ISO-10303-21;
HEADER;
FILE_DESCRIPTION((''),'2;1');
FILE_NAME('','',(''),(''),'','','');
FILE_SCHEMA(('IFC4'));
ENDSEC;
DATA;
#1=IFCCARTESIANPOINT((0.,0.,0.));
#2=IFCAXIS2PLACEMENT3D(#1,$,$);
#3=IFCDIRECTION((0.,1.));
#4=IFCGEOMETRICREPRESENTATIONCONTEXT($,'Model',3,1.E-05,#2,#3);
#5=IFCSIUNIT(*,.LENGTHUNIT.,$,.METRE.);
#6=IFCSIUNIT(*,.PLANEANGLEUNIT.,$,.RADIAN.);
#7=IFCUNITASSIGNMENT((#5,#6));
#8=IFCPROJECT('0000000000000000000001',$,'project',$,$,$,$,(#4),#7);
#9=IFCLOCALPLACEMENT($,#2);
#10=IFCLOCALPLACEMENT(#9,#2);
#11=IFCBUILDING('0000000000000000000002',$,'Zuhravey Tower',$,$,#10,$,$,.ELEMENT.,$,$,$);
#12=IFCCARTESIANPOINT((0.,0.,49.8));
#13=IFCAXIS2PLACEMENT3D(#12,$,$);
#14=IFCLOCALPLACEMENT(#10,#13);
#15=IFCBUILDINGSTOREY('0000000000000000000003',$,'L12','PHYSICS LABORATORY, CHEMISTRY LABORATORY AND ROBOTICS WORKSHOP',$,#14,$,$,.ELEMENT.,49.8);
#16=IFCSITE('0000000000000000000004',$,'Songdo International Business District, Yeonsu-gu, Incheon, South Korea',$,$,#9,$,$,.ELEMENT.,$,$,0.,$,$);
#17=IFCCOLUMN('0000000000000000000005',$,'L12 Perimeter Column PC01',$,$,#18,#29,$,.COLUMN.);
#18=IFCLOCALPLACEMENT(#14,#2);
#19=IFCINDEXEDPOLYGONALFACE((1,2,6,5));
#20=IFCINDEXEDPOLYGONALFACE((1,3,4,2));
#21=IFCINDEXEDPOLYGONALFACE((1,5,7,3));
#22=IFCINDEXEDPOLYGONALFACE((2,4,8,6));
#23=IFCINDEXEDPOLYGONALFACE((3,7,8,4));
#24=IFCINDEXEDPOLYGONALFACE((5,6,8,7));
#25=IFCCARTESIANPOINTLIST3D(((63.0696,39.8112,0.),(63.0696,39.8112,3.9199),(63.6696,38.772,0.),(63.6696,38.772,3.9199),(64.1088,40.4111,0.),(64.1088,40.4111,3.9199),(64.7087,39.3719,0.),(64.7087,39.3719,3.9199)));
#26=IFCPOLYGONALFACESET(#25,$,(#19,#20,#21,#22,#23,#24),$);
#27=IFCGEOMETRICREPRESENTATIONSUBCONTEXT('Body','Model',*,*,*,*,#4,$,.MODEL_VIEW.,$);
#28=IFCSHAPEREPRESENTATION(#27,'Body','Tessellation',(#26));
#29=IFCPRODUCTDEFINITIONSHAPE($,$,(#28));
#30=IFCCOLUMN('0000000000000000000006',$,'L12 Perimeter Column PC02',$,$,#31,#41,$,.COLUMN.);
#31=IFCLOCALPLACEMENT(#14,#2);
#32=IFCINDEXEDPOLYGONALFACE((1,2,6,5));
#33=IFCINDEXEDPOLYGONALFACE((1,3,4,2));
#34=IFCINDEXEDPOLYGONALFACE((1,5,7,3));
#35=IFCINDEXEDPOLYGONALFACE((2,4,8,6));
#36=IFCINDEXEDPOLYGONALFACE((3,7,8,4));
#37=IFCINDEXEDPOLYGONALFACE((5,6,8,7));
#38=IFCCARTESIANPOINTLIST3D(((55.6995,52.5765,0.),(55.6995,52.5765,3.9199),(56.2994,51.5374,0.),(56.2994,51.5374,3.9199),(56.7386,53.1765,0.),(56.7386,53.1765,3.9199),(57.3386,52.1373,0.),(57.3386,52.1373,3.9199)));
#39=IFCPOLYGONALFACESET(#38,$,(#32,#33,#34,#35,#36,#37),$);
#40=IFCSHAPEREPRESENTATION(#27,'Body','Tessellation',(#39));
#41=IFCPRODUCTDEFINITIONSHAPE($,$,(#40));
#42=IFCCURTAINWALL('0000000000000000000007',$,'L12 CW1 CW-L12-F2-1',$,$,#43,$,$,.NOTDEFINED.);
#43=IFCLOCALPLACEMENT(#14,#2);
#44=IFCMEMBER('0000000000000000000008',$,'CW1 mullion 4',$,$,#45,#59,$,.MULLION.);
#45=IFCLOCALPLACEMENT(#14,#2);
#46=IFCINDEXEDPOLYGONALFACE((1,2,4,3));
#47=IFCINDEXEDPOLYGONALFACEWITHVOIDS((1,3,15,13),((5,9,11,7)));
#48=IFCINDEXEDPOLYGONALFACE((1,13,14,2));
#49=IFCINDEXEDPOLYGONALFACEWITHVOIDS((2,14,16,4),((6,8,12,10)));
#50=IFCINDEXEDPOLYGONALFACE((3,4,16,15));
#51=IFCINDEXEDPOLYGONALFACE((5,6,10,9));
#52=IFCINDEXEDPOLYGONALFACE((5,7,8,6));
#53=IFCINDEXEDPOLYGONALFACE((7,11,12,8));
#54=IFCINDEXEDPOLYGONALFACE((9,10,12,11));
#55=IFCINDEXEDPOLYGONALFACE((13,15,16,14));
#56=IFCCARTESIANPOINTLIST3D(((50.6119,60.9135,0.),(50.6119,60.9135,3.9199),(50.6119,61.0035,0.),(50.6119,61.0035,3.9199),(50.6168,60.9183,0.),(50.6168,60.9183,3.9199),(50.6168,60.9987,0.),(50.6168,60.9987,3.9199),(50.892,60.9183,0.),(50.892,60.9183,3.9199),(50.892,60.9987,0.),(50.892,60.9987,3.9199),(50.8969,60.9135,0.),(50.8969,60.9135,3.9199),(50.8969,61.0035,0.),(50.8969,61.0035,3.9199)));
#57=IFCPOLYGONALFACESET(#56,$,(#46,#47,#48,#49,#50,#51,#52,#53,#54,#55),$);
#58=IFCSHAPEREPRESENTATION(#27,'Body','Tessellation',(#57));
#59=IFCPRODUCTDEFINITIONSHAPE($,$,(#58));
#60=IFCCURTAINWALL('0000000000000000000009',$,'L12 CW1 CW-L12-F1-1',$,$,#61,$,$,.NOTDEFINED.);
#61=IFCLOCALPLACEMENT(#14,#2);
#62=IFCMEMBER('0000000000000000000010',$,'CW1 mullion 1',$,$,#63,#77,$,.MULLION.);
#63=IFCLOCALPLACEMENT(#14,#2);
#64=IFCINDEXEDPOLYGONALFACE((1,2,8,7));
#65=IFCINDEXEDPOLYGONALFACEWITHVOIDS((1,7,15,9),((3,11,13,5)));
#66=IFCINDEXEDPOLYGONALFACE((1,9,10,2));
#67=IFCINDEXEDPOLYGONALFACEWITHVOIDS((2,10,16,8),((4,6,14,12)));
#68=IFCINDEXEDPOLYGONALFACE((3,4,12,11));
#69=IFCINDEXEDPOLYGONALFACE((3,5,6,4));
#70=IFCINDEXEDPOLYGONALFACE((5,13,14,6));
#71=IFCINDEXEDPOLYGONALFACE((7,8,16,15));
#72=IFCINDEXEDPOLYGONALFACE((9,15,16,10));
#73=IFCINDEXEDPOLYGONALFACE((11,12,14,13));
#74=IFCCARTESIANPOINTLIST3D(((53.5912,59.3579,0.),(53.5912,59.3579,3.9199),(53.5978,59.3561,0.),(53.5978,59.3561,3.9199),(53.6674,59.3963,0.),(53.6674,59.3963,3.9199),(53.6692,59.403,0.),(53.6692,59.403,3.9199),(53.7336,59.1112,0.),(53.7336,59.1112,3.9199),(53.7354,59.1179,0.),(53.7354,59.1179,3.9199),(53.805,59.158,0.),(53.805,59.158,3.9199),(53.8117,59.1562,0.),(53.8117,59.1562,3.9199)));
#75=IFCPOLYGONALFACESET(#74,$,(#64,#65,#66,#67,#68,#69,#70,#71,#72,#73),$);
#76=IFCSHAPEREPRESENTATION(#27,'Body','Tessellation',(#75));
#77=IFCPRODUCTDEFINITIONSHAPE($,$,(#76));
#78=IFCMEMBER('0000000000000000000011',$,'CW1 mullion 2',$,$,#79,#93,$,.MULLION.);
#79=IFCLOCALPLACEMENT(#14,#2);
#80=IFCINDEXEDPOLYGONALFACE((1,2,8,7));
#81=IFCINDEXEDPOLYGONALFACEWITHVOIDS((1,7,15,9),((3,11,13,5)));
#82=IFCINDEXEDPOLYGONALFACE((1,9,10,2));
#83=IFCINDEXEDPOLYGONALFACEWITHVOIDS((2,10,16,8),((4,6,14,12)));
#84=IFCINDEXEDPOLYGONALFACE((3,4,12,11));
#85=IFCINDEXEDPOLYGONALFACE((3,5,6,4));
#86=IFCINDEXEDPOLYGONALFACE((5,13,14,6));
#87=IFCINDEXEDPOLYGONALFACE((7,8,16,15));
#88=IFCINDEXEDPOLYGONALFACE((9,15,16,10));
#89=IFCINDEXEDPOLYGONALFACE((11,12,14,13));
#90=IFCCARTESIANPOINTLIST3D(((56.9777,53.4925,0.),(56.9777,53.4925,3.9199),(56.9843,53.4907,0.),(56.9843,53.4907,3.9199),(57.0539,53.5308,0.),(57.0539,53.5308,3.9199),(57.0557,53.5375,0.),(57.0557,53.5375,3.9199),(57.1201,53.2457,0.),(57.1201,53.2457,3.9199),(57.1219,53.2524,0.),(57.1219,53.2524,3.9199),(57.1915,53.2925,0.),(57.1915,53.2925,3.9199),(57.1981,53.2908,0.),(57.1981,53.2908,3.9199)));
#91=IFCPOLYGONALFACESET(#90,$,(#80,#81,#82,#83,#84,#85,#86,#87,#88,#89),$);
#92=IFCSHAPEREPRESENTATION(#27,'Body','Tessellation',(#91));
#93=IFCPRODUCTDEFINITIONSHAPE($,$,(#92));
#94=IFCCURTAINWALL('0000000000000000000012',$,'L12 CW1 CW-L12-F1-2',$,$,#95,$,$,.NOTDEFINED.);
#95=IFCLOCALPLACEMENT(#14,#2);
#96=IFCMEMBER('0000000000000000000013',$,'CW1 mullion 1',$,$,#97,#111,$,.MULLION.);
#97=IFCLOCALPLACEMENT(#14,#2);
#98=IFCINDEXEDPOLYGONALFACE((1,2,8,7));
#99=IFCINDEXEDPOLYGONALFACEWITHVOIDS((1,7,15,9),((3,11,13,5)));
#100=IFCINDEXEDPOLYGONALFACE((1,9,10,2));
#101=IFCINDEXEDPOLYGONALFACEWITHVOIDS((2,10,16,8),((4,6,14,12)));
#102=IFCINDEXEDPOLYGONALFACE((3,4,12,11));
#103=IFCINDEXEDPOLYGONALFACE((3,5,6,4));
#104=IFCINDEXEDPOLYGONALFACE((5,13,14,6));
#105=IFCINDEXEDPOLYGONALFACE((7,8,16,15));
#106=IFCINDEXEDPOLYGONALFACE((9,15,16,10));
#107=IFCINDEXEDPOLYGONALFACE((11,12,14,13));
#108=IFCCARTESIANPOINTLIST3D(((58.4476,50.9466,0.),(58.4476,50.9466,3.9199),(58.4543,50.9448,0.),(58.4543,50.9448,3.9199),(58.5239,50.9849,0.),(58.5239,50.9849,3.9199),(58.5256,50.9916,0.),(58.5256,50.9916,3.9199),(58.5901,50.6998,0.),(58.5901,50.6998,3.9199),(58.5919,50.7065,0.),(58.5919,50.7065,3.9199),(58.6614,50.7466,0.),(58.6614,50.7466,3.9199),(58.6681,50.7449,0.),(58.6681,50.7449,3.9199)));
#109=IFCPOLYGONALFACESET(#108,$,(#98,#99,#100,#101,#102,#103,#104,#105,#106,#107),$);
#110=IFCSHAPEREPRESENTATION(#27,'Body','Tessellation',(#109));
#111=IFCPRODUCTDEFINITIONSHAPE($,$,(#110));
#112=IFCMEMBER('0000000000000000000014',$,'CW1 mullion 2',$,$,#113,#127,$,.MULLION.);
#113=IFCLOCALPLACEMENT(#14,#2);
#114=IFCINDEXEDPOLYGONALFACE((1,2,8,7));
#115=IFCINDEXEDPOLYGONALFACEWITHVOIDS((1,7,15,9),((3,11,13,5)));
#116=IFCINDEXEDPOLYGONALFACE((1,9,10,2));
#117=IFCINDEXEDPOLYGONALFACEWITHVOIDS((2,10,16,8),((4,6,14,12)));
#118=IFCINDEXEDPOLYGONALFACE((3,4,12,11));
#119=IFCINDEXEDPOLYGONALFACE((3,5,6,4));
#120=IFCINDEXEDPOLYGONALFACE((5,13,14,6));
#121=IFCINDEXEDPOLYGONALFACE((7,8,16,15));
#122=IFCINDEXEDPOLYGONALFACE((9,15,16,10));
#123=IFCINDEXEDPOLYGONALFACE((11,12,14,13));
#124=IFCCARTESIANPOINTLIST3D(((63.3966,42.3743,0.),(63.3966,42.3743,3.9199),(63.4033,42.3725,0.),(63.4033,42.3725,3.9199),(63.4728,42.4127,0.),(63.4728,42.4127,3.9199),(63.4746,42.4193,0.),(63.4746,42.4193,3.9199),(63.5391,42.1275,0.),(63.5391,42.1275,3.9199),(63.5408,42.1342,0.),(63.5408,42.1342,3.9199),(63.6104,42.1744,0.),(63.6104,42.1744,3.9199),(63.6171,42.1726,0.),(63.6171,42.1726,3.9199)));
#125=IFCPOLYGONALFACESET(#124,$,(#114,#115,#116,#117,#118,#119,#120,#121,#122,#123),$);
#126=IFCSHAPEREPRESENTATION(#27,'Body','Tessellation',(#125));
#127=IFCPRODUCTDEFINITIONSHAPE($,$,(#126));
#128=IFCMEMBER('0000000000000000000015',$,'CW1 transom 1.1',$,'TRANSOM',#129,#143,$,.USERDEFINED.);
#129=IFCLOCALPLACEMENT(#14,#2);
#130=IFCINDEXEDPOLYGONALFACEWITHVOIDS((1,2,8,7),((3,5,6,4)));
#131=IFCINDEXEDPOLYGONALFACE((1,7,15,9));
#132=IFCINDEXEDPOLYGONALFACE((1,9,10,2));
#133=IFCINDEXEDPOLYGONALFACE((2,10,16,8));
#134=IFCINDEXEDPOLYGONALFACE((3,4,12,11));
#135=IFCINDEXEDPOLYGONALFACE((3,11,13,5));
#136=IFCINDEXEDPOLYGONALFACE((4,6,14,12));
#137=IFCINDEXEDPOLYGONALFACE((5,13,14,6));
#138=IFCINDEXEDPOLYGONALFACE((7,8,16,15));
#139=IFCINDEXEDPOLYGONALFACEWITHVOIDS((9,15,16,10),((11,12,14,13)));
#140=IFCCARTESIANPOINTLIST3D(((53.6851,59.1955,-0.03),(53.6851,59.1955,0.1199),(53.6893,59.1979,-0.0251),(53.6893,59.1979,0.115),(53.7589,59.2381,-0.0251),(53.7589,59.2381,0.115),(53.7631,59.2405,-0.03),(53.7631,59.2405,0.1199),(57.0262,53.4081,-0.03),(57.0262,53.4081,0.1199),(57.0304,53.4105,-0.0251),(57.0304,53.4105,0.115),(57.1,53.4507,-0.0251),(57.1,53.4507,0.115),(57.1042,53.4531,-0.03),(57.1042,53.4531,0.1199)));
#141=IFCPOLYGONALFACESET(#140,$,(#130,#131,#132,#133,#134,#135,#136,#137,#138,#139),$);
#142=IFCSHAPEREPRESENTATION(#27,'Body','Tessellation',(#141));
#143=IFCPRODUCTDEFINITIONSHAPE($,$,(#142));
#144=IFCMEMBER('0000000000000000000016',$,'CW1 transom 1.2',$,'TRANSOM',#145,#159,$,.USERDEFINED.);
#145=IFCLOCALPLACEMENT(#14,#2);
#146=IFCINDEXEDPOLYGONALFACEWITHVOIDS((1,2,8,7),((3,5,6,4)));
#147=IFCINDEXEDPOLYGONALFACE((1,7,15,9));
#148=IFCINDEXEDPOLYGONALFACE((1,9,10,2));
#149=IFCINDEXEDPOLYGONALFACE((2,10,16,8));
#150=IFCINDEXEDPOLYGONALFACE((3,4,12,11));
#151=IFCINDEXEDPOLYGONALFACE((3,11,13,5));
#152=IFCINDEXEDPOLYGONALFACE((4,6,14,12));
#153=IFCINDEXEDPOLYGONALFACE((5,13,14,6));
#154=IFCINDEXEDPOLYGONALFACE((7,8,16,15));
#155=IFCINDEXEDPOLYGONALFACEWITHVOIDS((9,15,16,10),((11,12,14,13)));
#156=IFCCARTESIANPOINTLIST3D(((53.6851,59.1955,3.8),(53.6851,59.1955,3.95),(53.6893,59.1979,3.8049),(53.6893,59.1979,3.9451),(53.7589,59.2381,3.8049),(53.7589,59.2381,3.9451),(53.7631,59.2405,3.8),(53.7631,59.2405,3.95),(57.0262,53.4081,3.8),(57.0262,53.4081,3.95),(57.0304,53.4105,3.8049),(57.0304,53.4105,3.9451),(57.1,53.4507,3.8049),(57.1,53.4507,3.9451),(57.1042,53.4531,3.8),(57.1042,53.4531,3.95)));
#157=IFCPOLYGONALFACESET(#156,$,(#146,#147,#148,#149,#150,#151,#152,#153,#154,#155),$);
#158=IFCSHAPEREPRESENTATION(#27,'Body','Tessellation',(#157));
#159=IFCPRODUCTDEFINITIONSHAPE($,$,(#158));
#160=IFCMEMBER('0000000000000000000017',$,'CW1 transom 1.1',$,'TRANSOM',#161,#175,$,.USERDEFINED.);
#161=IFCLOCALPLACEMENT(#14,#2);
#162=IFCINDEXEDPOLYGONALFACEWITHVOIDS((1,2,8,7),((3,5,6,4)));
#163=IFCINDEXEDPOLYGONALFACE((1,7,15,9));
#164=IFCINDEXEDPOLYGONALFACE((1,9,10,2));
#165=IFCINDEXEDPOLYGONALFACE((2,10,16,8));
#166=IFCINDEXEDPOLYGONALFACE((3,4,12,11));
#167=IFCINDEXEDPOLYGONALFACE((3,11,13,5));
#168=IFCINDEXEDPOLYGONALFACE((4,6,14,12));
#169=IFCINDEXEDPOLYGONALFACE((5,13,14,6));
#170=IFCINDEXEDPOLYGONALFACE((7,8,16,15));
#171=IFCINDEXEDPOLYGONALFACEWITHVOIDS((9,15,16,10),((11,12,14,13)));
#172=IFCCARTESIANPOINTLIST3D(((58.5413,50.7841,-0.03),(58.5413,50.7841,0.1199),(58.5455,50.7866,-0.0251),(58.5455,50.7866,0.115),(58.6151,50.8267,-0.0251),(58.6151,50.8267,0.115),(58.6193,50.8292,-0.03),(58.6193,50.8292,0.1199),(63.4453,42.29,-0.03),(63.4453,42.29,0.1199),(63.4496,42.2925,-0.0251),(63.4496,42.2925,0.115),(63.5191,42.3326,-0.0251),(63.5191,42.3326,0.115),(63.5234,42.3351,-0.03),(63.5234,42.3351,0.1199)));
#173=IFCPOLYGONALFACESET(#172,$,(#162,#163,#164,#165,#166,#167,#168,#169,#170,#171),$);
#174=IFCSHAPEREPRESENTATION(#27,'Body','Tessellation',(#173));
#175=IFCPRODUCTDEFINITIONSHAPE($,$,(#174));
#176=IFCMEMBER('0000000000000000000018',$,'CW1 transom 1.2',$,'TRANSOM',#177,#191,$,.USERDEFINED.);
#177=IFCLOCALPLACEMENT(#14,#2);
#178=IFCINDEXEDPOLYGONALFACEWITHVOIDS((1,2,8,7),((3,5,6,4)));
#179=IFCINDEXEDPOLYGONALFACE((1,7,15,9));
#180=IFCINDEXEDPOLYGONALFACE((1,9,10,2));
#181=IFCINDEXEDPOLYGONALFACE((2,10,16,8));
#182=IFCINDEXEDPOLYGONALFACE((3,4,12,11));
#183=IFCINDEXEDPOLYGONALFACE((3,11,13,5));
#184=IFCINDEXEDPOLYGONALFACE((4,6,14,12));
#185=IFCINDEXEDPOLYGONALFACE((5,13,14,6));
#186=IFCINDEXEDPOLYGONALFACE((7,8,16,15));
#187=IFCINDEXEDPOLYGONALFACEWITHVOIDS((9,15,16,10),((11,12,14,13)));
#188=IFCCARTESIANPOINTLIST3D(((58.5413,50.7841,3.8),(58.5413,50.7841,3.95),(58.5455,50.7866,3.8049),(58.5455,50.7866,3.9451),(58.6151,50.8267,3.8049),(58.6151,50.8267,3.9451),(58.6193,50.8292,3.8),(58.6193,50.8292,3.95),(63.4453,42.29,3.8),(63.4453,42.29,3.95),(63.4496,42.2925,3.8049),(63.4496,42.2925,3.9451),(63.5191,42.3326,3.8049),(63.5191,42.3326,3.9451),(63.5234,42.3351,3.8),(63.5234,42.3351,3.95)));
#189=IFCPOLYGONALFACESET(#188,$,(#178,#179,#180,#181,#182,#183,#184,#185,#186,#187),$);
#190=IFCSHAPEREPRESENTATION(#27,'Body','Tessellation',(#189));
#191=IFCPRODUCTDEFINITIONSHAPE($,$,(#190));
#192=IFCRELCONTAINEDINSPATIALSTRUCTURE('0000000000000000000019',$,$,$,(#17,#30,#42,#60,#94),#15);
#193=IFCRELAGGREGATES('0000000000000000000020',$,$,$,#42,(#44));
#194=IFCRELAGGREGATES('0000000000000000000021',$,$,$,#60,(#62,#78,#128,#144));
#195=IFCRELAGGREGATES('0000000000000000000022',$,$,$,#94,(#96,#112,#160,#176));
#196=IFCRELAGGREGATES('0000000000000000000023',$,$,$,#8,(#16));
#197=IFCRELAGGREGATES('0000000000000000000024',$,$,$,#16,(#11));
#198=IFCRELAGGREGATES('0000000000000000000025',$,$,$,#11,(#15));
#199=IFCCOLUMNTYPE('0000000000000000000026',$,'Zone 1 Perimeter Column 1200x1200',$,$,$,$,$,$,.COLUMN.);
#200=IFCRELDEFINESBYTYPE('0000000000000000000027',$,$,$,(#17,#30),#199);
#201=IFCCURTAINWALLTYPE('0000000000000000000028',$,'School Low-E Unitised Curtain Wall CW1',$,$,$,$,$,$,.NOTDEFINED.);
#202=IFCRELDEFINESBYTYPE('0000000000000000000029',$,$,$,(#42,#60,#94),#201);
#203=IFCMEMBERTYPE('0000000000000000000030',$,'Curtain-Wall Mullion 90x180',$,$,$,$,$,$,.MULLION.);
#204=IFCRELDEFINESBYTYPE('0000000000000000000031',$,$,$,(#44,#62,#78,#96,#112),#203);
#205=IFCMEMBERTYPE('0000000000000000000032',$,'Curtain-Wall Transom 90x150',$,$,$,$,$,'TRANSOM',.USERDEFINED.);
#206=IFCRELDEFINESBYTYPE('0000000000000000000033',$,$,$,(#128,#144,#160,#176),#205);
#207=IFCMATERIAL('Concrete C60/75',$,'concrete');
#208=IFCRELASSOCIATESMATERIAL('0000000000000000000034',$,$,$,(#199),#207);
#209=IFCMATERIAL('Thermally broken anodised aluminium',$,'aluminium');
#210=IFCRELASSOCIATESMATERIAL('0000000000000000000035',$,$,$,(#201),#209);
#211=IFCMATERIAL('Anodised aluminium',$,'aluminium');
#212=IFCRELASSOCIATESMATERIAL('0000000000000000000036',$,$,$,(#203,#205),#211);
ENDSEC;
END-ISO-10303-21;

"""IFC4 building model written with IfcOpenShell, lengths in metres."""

from ifc_helpers import new_model, si_unit, direction, frame, origin, origin_2d, place, context, subcontext, project, spatial, rectangle, hollow_rectangle, extrude, material, material_profile, profile_set, type_object, element, aggregate, save


model = new_model("IFC4")

# Units and contexts
model_context = context("Model", 3, precision=1e-05, world=origin(), true_north=direction((0.0, 1.0)))
body_context = subcontext(model_context, "Body", "Model", "MODEL_VIEW")
ifc_project = project(units=[si_unit("LENGTHUNIT", "METRE"), si_unit("PLANEANGLEUNIT", "RADIAN")], contexts=[model_context])

# Site, building, storey
site_placement = place(None, origin())
site = spatial("IfcSite", under=ifc_project, at=site_placement, Name="Songdo International Business District, Yeonsu-gu, Incheon, South Korea", CompositionType="ELEMENT", RefElevation=0.0)
building_placement = place(site_placement, origin())
building = spatial("IfcBuilding", under=site, at=building_placement, Name="Zuhravey Tower", CompositionType="ELEMENT")
storey_placement = place(building_placement, frame((0.0, 0.0, 49.8)))
storey = spatial("IfcBuildingStorey", under=building, at=storey_placement, Name="L12", Description="PHYSICS LABORATORY, CHEMISTRY LABORATORY AND ROBOTICS WORKSHOP", CompositionType="ELEMENT", Elevation=49.8)

# Columns
ifc_material_1 = material(Name="Concrete C60/75", Category="concrete")
ifc_material_profile_1 = material_profile(ifc_material_1, rectangle(XDim=1.2, YDim=1.2, at=origin_2d()), Name="RC-1200x1200")
ifc_profile_set_1 = profile_set([ifc_material_profile_1], Name="Concrete C60/75")
column_type = type_object("IfcColumnType", Name="Zone 1 Perimeter Column 1200x1200", PredefinedType="COLUMN", material=ifc_profile_set_1)
for number, where, z_axis, x_axis, name in (
    (1, (63.8892, 39.5916, 0.0), (0.0, 0.0, 1.0), (-0.5, 0.866025, 0.0), "L12 Perimeter Column PC01"),
    (2, (56.519, 52.3569, 0.0), (0.0, 0.0, 1.0), (-0.5, 0.866025, 0.0), "L12 Perimeter Column PC02"),
):
    element("IfcColumn", number, at=place(storey_placement, frame(where, z_axis=z_axis, x_axis=x_axis)), inside=storey, type_object=column_type, Name=name, PredefinedType="COLUMN", context=body_context, shape_type="SweptSolid", body=[
        extrude(rectangle(XDim=1.2, YDim=1.2, at=origin_2d()), origin(), (0.0, 0.0, 1.0), 3.9199),
    ])

# Curtain wall, member
ifc_material_2 = material(Name="Thermally broken anodised aluminium", Category="aluminium")
curtain_wall_type = type_object("IfcCurtainWallType", Name="School Low-E Unitised Curtain Wall CW1", PredefinedType="NOTDEFINED", material=ifc_material_2)
curtain_wall_1_placement = place(storey_placement, origin())
curtain_wall_1 = element("IfcCurtainWall", 3, at=curtain_wall_1_placement, inside=storey, type_object=curtain_wall_type, Name="L12 CW1 CW-L12-F2-1", PredefinedType="NOTDEFINED")
ifc_material_3 = material(Name="Anodised aluminium", Category="aluminium")
ifc_material_profile_2 = material_profile(ifc_material_3, hollow_rectangle(XDim=0.0901, YDim=0.2849, WallThickness=0.0049, at=origin_2d()), Name="ALU-RHS-90x285x5")
ifc_profile_set_2 = profile_set([ifc_material_profile_2], Name="Anodised aluminium")
member_type_1 = type_object("IfcMemberType", Name="Curtain-Wall Mullion 90x180", PredefinedType="MULLION", material=ifc_profile_set_2)
member_1_placement = place(storey_placement, frame((50.7544, 60.9585, 0.0), z_axis=(0.0, 0.0, 1.0), x_axis=(0.0, 1.0, 0.0)))
member_1 = element("IfcMember", 4, at=member_1_placement, type_object=member_type_1, Name="CW1 mullion 4", PredefinedType="MULLION", context=body_context, shape_type="SweptSolid", body=[
    extrude(hollow_rectangle(XDim=0.0901, YDim=0.2849, WallThickness=0.0049, at=origin_2d()), origin(), (0.0, 0.0, 1.0), 3.9199),
])
aggregate(curtain_wall_1, [member_1])

# Curtain walls, members
curtain_wall_2_placement = place(storey_placement, origin())
curtain_wall_2 = element("IfcCurtainWall", 5, at=curtain_wall_2_placement, inside=storey, type_object=curtain_wall_type, Name="L12 CW1 CW-L12-F1-1", PredefinedType="NOTDEFINED")
member_2_placement = place(storey_placement, frame((53.7014, 59.2571, 0.0), z_axis=(0.0, 0.0, 1.0), x_axis=(0.86603, 0.499993, 0.0)))
member_2 = element("IfcMember", 6, at=member_2_placement, type_object=member_type_1, Name="CW1 mullion 1", PredefinedType="MULLION", context=body_context, shape_type="SweptSolid", body=[
    extrude(hollow_rectangle(XDim=0.0901, YDim=0.2849, WallThickness=0.0049, at=origin_2d()), origin(), (0.0, 0.0, 1.0), 3.9199),
])
member_3_placement = place(storey_placement, frame((57.0879, 53.3916, 0.0), z_axis=(0.0, 0.0, 1.0), x_axis=(0.86603, 0.499993, 0.0)))
member_3 = element("IfcMember", 7, at=member_3_placement, type_object=member_type_1, Name="CW1 mullion 2", PredefinedType="MULLION", context=body_context, shape_type="SweptSolid", body=[
    extrude(hollow_rectangle(XDim=0.0901, YDim=0.2849, WallThickness=0.0049, at=origin_2d()), origin(), (0.0, 0.0, 1.0), 3.9199),
])
curtain_wall_3_placement = place(storey_placement, origin())
curtain_wall_3 = element("IfcCurtainWall", 8, at=curtain_wall_3_placement, inside=storey, type_object=curtain_wall_type, Name="L12 CW1 CW-L12-F1-2", PredefinedType="NOTDEFINED")
member_4_placement = place(storey_placement, frame((58.5579, 50.8457, 0.0), z_axis=(0.0, 0.0, 1.0), x_axis=(0.866025, 0.500001, 0.0)))
member_4 = element("IfcMember", 9, at=member_4_placement, type_object=member_type_1, Name="CW1 mullion 1", PredefinedType="MULLION", context=body_context, shape_type="SweptSolid", body=[
    extrude(hollow_rectangle(XDim=0.0901, YDim=0.2849, WallThickness=0.0049, at=origin_2d()), origin(), (0.0, 0.0, 1.0), 3.9199),
])
member_5_placement = place(storey_placement, frame((63.5068, 42.2734, 0.0), z_axis=(0.0, 0.0, 1.0), x_axis=(0.866025, 0.500001, 0.0)))
member_5 = element("IfcMember", 10, at=member_5_placement, type_object=member_type_1, Name="CW1 mullion 2", PredefinedType="MULLION", context=body_context, shape_type="SweptSolid", body=[
    extrude(hollow_rectangle(XDim=0.0901, YDim=0.2849, WallThickness=0.0049, at=origin_2d()), origin(), (0.0, 0.0, 1.0), 3.9199),
])

# Members
ifc_material_profile_3 = material_profile(ifc_material_3, hollow_rectangle(XDim=0.0901, YDim=0.1499, WallThickness=0.0049, at=origin_2d()), Name="ALU-RHS-90x150x5")
ifc_profile_set_3 = profile_set([ifc_material_profile_3], Name="Anodised aluminium")
member_type_2 = type_object("IfcMemberType", Name="Curtain-Wall Transom 90x150", ElementType="TRANSOM", PredefinedType="USERDEFINED", material=ifc_profile_set_3)
member_6_placement = place(storey_placement, frame((53.7241, 59.218, 0.0449), z_axis=(0.49997, -0.866043, 0.0), x_axis=(0.866043, 0.49997, 0.0)))
member_6 = element("IfcMember", 11, at=member_6_placement, type_object=member_type_2, Name="CW1 transom 1.1", ObjectType="TRANSOM", PredefinedType="USERDEFINED", context=body_context, shape_type="SweptSolid", body=[
    extrude(hollow_rectangle(XDim=0.0901, YDim=0.1499, WallThickness=0.0049, at=origin_2d()), origin(), (0.0, 0.0, 1.0), 6.6826),
])
member_7_placement = place(storey_placement, frame((53.7241, 59.218, 3.875), z_axis=(0.49997, -0.866043, 0.0), x_axis=(0.866043, 0.49997, 0.0)))
member_7 = element("IfcMember", 12, at=member_7_placement, type_object=member_type_2, Name="CW1 transom 1.2", ObjectType="TRANSOM", PredefinedType="USERDEFINED", context=body_context, shape_type="SweptSolid", body=[
    extrude(hollow_rectangle(XDim=0.0901, YDim=0.1499, WallThickness=0.0049, at=origin_2d()), origin(), (0.0, 0.0, 1.0), 6.6826),
])
member_8_placement = place(storey_placement, frame((58.5803, 50.8066, 0.0449), z_axis=(0.499997, -0.866027, 0.0), x_axis=(0.866027, 0.499997, 0.0)))
member_8 = element("IfcMember", 13, at=member_8_placement, type_object=member_type_2, Name="CW1 transom 1.1", ObjectType="TRANSOM", PredefinedType="USERDEFINED", context=body_context, shape_type="SweptSolid", body=[
    extrude(hollow_rectangle(XDim=0.0901, YDim=0.1499, WallThickness=0.0049, at=origin_2d()), origin(), (0.0, 0.0, 1.0), 9.8081),
])
member_9_placement = place(storey_placement, frame((58.5803, 50.8066, 3.875), z_axis=(0.499997, -0.866027, 0.0), x_axis=(0.866027, 0.499997, 0.0)))
member_9 = element("IfcMember", 14, at=member_9_placement, type_object=member_type_2, Name="CW1 transom 1.2", ObjectType="TRANSOM", PredefinedType="USERDEFINED", context=body_context, shape_type="SweptSolid", body=[
    extrude(hollow_rectangle(XDim=0.0901, YDim=0.1499, WallThickness=0.0049, at=origin_2d()), origin(), (0.0, 0.0, 1.0), 9.8081),
])

aggregate(curtain_wall_2, [member_2, member_3, member_6, member_7])
aggregate(curtain_wall_3, [member_4, member_5, member_8, member_9])

save(model, "model.ifc")
